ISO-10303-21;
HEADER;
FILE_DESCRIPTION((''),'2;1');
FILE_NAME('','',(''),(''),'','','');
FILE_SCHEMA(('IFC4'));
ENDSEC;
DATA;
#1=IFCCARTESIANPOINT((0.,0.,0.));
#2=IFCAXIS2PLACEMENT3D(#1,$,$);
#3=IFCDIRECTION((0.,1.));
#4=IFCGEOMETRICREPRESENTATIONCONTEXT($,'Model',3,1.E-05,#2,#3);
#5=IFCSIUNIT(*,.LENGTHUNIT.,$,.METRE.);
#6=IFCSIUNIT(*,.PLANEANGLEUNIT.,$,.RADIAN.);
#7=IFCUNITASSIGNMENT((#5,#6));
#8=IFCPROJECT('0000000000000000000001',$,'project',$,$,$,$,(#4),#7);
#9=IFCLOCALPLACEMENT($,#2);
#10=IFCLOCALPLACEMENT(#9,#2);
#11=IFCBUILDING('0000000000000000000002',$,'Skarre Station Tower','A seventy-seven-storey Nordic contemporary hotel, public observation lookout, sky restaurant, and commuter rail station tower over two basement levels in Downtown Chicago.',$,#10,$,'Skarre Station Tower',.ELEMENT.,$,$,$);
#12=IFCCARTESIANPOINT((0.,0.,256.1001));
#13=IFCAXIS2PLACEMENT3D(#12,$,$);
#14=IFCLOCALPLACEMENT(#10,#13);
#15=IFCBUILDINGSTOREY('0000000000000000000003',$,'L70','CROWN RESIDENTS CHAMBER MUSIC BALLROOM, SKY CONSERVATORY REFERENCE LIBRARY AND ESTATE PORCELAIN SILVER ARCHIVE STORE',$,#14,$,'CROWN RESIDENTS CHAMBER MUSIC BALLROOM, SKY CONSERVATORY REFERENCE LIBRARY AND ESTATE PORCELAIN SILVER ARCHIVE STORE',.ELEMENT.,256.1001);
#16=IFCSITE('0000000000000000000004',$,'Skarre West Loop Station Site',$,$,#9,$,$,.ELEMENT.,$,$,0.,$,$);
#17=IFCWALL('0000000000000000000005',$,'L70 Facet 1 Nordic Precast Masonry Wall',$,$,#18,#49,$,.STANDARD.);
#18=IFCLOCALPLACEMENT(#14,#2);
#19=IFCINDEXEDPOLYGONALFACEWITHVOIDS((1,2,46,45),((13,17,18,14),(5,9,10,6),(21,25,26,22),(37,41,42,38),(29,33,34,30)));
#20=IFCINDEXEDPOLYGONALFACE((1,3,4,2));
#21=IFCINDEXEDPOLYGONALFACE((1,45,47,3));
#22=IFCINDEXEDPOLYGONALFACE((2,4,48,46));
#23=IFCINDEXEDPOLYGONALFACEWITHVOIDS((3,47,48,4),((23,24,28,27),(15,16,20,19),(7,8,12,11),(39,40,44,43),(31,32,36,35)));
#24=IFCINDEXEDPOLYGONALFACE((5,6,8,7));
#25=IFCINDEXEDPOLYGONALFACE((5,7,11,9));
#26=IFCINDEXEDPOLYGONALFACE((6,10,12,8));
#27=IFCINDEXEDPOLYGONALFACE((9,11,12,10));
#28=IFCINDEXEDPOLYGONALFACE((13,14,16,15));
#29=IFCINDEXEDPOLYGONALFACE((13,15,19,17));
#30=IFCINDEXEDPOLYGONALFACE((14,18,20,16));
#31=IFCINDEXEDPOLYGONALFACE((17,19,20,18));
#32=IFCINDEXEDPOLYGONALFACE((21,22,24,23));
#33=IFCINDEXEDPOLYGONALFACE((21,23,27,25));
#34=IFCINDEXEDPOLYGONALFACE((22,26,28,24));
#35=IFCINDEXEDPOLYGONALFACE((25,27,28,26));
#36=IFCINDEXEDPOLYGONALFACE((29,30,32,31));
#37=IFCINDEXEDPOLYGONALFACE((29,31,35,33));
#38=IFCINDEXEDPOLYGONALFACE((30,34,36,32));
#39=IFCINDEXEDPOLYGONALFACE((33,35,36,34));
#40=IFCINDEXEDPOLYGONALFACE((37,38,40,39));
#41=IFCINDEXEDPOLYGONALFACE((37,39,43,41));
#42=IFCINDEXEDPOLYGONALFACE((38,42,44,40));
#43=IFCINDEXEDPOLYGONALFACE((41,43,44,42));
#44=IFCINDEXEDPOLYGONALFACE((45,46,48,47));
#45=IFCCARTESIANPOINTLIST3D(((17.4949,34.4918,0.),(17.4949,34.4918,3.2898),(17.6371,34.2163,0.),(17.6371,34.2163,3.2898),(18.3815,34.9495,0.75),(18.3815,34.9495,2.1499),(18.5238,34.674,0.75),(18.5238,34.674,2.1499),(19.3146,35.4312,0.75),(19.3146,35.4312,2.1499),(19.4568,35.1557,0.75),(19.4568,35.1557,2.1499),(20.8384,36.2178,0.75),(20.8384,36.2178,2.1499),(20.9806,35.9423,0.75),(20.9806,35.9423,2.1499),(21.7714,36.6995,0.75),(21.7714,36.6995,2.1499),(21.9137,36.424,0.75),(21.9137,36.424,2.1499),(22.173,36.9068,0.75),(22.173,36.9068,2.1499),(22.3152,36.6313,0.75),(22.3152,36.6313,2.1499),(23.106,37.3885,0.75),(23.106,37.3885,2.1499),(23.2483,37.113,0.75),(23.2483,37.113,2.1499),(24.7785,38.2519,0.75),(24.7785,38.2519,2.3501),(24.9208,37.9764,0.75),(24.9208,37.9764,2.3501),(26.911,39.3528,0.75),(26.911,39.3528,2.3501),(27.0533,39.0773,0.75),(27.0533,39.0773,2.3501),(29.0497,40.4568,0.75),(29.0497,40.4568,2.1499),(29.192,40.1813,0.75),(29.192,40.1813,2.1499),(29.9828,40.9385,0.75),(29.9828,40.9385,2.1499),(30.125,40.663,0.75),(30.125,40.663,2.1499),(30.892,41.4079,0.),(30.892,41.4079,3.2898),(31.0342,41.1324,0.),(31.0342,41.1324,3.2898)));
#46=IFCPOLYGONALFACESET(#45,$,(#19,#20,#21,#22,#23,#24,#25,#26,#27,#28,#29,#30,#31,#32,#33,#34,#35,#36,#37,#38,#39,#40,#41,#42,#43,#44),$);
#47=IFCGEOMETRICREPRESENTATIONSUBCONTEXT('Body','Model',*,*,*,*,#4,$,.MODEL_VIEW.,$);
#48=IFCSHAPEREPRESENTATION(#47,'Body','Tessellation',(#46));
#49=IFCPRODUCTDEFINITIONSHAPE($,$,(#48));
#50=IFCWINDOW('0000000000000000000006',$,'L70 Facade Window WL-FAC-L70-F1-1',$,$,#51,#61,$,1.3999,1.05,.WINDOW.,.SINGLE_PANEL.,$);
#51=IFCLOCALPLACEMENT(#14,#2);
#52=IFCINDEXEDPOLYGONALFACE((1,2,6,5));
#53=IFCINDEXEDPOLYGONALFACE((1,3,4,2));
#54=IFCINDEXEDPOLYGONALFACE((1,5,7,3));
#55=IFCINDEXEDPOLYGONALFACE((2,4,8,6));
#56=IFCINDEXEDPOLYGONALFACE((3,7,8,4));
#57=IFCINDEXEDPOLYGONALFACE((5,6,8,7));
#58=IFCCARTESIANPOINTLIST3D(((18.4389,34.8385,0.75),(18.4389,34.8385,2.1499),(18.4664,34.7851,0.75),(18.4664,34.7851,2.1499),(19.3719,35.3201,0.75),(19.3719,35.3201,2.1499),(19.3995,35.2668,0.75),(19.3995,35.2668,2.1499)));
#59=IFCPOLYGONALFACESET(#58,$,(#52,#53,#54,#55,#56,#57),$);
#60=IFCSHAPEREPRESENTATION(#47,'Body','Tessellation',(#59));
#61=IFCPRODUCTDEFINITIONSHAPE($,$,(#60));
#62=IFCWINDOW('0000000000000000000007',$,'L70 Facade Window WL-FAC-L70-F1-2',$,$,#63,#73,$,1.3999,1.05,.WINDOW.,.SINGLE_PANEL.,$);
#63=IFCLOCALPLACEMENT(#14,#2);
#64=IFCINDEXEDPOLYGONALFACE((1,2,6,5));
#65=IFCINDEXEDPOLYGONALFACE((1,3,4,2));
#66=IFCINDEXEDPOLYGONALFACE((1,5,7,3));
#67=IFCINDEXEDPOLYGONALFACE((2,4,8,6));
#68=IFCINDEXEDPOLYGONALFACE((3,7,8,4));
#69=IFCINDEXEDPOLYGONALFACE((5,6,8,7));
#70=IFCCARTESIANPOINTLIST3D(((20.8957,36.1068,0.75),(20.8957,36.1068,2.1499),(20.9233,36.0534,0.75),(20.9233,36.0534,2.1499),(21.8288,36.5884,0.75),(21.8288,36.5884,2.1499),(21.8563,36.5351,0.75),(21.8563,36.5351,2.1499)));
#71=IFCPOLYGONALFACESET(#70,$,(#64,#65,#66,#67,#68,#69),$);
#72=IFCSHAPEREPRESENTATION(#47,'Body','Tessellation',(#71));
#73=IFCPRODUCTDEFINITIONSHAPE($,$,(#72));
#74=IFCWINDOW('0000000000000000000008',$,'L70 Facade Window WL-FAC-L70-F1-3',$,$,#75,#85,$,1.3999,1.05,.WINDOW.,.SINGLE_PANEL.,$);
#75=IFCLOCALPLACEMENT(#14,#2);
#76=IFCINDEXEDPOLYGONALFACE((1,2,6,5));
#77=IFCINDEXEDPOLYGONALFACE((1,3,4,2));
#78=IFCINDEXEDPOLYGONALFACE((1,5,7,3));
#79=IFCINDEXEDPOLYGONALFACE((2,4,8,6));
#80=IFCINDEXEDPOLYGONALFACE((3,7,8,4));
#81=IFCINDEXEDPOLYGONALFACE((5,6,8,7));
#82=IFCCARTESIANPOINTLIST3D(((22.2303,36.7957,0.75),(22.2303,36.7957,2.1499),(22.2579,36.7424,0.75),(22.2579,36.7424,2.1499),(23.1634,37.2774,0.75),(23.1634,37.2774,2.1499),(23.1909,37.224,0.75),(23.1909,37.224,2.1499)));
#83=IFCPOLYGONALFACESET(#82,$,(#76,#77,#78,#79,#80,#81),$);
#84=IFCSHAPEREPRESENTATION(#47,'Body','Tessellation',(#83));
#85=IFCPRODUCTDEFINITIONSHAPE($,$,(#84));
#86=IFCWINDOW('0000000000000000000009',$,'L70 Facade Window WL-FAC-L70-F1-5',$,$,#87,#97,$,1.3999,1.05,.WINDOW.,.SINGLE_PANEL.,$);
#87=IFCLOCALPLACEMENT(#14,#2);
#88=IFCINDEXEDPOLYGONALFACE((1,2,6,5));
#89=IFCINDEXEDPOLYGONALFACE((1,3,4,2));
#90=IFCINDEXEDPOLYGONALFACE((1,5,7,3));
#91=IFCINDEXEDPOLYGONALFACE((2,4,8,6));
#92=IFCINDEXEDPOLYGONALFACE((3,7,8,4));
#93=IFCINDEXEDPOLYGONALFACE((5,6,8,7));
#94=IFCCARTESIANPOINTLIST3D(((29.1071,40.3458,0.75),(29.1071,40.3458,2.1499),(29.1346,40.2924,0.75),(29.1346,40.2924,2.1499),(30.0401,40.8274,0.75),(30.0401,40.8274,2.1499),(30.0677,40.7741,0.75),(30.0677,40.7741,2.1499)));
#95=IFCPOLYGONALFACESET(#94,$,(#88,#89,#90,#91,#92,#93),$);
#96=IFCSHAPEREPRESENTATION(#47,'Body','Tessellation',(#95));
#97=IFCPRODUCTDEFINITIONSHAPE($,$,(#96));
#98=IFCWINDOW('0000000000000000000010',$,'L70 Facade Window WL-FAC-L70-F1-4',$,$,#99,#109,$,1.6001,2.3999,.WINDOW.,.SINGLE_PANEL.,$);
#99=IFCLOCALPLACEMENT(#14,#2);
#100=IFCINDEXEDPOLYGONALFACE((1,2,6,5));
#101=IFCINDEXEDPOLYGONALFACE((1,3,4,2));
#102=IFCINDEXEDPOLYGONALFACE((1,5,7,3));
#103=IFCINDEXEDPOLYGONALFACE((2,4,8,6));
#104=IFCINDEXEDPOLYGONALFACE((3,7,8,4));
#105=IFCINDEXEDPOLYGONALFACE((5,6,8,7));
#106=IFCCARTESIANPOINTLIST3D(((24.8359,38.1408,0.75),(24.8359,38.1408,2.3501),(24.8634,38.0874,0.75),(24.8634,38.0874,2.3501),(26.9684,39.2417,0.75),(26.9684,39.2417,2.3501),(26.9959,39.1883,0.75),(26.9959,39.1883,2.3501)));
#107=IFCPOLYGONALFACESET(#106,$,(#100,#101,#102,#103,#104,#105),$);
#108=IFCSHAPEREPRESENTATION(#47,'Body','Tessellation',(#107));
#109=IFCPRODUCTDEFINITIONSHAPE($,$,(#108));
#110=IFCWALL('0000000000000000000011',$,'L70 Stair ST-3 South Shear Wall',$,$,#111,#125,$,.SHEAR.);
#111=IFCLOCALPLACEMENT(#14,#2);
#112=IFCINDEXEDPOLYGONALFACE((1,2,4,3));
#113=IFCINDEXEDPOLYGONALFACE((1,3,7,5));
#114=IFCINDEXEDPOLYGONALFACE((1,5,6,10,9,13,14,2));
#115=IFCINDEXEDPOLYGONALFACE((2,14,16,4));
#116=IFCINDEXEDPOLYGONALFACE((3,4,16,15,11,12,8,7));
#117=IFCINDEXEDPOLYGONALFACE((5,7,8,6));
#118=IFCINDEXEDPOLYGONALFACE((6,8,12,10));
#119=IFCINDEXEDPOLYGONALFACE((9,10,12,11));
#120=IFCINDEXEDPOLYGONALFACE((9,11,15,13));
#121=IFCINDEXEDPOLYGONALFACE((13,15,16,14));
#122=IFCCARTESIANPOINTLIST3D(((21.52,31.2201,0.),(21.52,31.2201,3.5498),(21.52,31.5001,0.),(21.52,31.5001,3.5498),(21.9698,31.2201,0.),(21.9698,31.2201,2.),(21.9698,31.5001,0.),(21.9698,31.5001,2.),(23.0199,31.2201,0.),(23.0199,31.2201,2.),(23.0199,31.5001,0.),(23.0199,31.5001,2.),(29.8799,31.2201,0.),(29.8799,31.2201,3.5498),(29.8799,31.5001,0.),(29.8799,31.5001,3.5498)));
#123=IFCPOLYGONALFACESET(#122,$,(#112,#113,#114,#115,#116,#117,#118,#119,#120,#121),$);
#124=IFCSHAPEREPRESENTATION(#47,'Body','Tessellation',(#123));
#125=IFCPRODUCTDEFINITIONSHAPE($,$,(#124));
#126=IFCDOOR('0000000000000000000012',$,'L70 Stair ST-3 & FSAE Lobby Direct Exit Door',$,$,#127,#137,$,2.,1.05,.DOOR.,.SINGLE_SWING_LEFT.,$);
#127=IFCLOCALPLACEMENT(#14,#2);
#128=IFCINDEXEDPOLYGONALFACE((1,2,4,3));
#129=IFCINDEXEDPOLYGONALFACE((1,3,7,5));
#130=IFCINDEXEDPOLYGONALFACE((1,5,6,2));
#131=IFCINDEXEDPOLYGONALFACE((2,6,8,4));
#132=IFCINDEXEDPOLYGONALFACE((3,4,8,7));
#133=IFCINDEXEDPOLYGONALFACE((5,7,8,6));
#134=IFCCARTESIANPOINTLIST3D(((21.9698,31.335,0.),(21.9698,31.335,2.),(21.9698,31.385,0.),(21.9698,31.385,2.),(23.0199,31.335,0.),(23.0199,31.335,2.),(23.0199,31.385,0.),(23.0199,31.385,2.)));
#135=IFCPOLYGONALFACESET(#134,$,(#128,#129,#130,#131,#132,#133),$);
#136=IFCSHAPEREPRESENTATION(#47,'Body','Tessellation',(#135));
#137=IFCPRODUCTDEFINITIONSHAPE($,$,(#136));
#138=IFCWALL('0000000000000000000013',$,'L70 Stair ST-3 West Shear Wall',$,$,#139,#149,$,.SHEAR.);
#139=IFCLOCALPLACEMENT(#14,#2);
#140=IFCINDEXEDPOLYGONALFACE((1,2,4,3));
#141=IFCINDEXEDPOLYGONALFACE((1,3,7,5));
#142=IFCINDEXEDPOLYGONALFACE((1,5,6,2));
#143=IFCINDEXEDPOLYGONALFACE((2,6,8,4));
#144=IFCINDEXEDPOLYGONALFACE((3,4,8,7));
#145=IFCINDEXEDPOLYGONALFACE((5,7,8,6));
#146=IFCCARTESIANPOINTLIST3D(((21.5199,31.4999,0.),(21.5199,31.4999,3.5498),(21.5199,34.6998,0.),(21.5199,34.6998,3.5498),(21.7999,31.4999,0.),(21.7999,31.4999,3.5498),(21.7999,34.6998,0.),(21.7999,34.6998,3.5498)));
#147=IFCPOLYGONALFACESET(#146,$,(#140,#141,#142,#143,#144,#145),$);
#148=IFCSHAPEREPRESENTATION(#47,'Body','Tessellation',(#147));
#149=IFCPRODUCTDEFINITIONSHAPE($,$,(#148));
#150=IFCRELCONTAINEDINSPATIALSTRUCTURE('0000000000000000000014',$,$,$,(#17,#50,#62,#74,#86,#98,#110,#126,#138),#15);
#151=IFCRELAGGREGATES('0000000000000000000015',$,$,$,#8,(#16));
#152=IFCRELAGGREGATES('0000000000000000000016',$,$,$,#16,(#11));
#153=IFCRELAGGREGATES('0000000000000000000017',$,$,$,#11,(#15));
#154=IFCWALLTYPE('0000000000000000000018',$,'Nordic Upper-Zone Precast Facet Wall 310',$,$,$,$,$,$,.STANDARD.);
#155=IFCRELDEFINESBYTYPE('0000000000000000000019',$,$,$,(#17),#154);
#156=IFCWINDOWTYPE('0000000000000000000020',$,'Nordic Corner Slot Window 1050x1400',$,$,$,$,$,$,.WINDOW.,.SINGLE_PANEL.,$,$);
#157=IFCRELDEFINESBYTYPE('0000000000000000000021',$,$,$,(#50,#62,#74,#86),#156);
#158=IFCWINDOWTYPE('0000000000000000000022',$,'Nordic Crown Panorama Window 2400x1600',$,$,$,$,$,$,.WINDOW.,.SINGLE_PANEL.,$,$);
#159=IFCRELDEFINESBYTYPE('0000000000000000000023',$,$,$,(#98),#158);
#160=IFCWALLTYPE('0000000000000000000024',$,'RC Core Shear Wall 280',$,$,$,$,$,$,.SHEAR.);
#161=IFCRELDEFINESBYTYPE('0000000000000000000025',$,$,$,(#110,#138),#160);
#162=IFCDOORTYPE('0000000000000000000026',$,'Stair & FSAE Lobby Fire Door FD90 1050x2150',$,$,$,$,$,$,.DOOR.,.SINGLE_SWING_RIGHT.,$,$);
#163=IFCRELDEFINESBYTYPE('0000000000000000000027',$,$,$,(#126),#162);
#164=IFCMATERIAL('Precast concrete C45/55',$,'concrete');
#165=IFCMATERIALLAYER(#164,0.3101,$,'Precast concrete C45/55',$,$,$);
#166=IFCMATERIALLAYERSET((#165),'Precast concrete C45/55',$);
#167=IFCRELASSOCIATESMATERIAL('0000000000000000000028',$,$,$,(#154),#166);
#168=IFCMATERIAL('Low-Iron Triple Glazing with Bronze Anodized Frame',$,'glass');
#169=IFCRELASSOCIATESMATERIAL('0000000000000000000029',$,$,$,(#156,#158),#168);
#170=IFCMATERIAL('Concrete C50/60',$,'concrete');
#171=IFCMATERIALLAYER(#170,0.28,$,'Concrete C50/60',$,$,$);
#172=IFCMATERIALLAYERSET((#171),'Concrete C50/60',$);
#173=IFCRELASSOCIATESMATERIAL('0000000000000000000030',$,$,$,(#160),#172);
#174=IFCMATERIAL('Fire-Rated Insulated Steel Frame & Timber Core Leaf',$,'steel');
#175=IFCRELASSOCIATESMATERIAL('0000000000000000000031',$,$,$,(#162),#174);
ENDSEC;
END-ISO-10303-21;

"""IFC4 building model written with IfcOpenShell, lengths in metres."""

from ifc_helpers import new_model, si_unit, direction, frame, frame_2d, origin, place, context, subcontext, project, spatial, rectangle, extrude, material, layer, layer_set, type_object, element, fill, save


model = new_model("IFC4")

# Units and contexts
model_context = context("Model", 3, precision=1e-05, world=origin(), true_north=direction((0.0, 1.0)))
body_context = subcontext(model_context, "Body", "Model", "MODEL_VIEW")
ifc_project = project(units=[si_unit("LENGTHUNIT", "METRE"), si_unit("PLANEANGLEUNIT", "RADIAN")], contexts=[model_context])

# Site, building, storey
site_placement = place(None, origin())
site = spatial("IfcSite", under=ifc_project, at=site_placement, Name="Skarre West Loop Station Site", CompositionType="ELEMENT", RefElevation=0.0)
building_placement = place(site_placement, origin())
building = spatial("IfcBuilding", under=site, at=building_placement, Name="Skarre Station Tower", Description="A seventy-seven-storey Nordic contemporary hotel, public observation lookout, sky restaurant, and commuter rail station tower over two basement levels in Downtown Chicago.", LongName="Skarre Station Tower", CompositionType="ELEMENT")
storey_placement = place(building_placement, frame((0.0, 0.0, 256.1001)))
storey = spatial("IfcBuildingStorey", under=building, at=storey_placement, Name="L70", Description="CROWN RESIDENTS CHAMBER MUSIC BALLROOM, SKY CONSERVATORY REFERENCE LIBRARY AND ESTATE PORCELAIN SILVER ARCHIVE STORE", LongName="CROWN RESIDENTS CHAMBER MUSIC BALLROOM, SKY CONSERVATORY REFERENCE LIBRARY AND ESTATE PORCELAIN SILVER ARCHIVE STORE", CompositionType="ELEMENT", Elevation=256.1001)

# Shared definitions
ifc_material_1 = material(Name="Concrete C50/60", Category="concrete")

# Shared definitions
ifc_material_2 = material(Name="Precast concrete C45/55", Category="concrete")

# Wall, openings, windows
ifc_layer_1 = layer(ifc_material_2, 0.3101, Name="Precast concrete C45/55")
ifc_layer_set_1 = layer_set([ifc_layer_1], Name="Precast concrete C45/55")
wall_type_1 = type_object("IfcWallType", Name="Nordic Upper-Zone Precast Facet Wall 310", PredefinedType="STANDARD", material=ifc_layer_set_1)
wall_1_placement = place(storey_placement, frame((17.5659, 34.354, 0.0), z_axis=(0.0, 0.0, 1.0), x_axis=(0.888581, 0.458719, 0.0)))
wall_1 = element("IfcWall", 1, at=wall_1_placement, inside=storey, type_object=wall_type_1, Name="L70 Facet 1 Nordic Precast Masonry Wall", PredefinedType="STANDARD", context=body_context, shape_type="SweptSolid", body=[
    extrude(rectangle(XDim=15.0769, YDim=0.3101, at=frame_2d((7.5386, 0.0))), origin(), (0.0, 0.0, 1.0), 3.2898),
])
opening_1_placement = place(wall_1_placement, frame((0.998, 0.0, 0.75)))
opening_1 = element("IfcOpeningElement", 2, at=opening_1_placement, cuts=wall_1, PredefinedType="OPENING", context=body_context, shape_type="SweptSolid", body=[
    extrude(rectangle(XDim=1.05, YDim=1.3999, at=frame_2d((0.5249, 0.7))), frame((0.0, 0.165, 0.0), z_axis=(0.0, -1.0, 0.0), x_axis=(1.0, 0.0, 0.0)), (0.0, 0.0, 1.0), 0.3301),
])
opening_2_placement = place(wall_1_placement, frame((3.7629, 0.0, 0.75)))
opening_2 = element("IfcOpeningElement", 3, at=opening_2_placement, cuts=wall_1, PredefinedType="OPENING", context=body_context, shape_type="SweptSolid", body=[
    extrude(rectangle(XDim=1.05, YDim=1.3999, at=frame_2d((0.5249, 0.7))), frame((0.0, 0.165, 0.0), z_axis=(0.0, -1.0, 0.0), x_axis=(1.0, 0.0, 0.0)), (0.0, 0.0, 1.0), 0.3301),
])
opening_3_placement = place(wall_1_placement, frame((5.2649, 0.0, 0.75)))
opening_3 = element("IfcOpeningElement", 4, at=opening_3_placement, cuts=wall_1, PredefinedType="OPENING", context=body_context, shape_type="SweptSolid", body=[
    extrude(rectangle(XDim=1.05, YDim=1.3999, at=frame_2d((0.5249, 0.7))), frame((0.0, 0.165, 0.0), z_axis=(0.0, -1.0, 0.0), x_axis=(1.0, 0.0, 0.0)), (0.0, 0.0, 1.0), 0.3301),
])
opening_4_placement = place(wall_1_placement, frame((8.197, 0.0, 0.75)))
opening_4 = element("IfcOpeningElement", 5, at=opening_4_placement, cuts=wall_1, PredefinedType="OPENING", context=body_context, shape_type="SweptSolid", body=[
    extrude(rectangle(XDim=2.3999, YDim=1.6001, at=frame_2d((1.2, 0.8))), frame((0.0, 0.165, 0.0), z_axis=(0.0, -1.0, 0.0), x_axis=(1.0, 0.0, 0.0)), (0.0, 0.0, 1.0), 0.3301),
])
opening_5_placement = place(wall_1_placement, frame((13.0039, 0.0, 0.75)))
opening_5 = element("IfcOpeningElement", 6, at=opening_5_placement, cuts=wall_1, PredefinedType="OPENING", context=body_context, shape_type="SweptSolid", body=[
    extrude(rectangle(XDim=1.05, YDim=1.3999, at=frame_2d((0.5249, 0.7))), frame((0.0, 0.165, 0.0), z_axis=(0.0, -1.0, 0.0), x_axis=(1.0, 0.0, 0.0)), (0.0, 0.0, 1.0), 0.3301),
])
ifc_material_3 = material(Name="Low-Iron Triple Glazing with Bronze Anodized Frame", Category="glass")
window_type_1 = type_object("IfcWindowType", Name="Nordic Corner Slot Window 1050x1400", PartitioningType="SINGLE_PANEL", PredefinedType="WINDOW", material=ifc_material_3)
window_1_placement = place(opening_1_placement, origin())
window_1 = element("IfcWindow", 7, at=window_1_placement, inside=storey, type_object=window_type_1, Name="L70 Facade Window WL-FAC-L70-F1-1", OverallHeight=1.3999, OverallWidth=1.05, PartitioningType="SINGLE_PANEL", PredefinedType="WINDOW", context=body_context, shape_type="SweptSolid", body=[
    extrude(rectangle(XDim=1.05, YDim=1.3999, at=frame_2d((0.5249, 0.7))), frame((0.0, 0.03, 0.0), z_axis=(0.0, -1.0, 0.0), x_axis=(1.0, 0.0, 0.0)), (0.0, 0.0, 1.0), 0.0601),
])
fill(opening_1, window_1)
window_2_placement = place(opening_2_placement, origin())
window_2 = element("IfcWindow", 8, at=window_2_placement, inside=storey, type_object=window_type_1, Name="L70 Facade Window WL-FAC-L70-F1-2", OverallHeight=1.3999, OverallWidth=1.05, PartitioningType="SINGLE_PANEL", PredefinedType="WINDOW", context=body_context, shape_type="SweptSolid", body=[
    extrude(rectangle(XDim=1.05, YDim=1.3999, at=frame_2d((0.5249, 0.7))), frame((0.0, 0.03, 0.0), z_axis=(0.0, -1.0, 0.0), x_axis=(1.0, 0.0, 0.0)), (0.0, 0.0, 1.0), 0.0601),
])
fill(opening_2, window_2)
window_3_placement = place(opening_3_placement, origin())
window_3 = element("IfcWindow", 9, at=window_3_placement, inside=storey, type_object=window_type_1, Name="L70 Facade Window WL-FAC-L70-F1-3", OverallHeight=1.3999, OverallWidth=1.05, PartitioningType="SINGLE_PANEL", PredefinedType="WINDOW", context=body_context, shape_type="SweptSolid", body=[
    extrude(rectangle(XDim=1.05, YDim=1.3999, at=frame_2d((0.5249, 0.7))), frame((0.0, 0.03, 0.0), z_axis=(0.0, -1.0, 0.0), x_axis=(1.0, 0.0, 0.0)), (0.0, 0.0, 1.0), 0.0601),
])
fill(opening_3, window_3)
window_4_placement = place(opening_5_placement, origin())
window_4 = element("IfcWindow", 10, at=window_4_placement, inside=storey, type_object=window_type_1, Name="L70 Facade Window WL-FAC-L70-F1-5", OverallHeight=1.3999, OverallWidth=1.05, PartitioningType="SINGLE_PANEL", PredefinedType="WINDOW", context=body_context, shape_type="SweptSolid", body=[
    extrude(rectangle(XDim=1.05, YDim=1.3999, at=frame_2d((0.5249, 0.7))), frame((0.0, 0.03, 0.0), z_axis=(0.0, -1.0, 0.0), x_axis=(1.0, 0.0, 0.0)), (0.0, 0.0, 1.0), 0.0601),
])
fill(opening_5, window_4)
window_type_2 = type_object("IfcWindowType", Name="Nordic Crown Panorama Window 2400x1600", PartitioningType="SINGLE_PANEL", PredefinedType="WINDOW", material=ifc_material_3)
window_5_placement = place(opening_4_placement, origin())
window_5 = element("IfcWindow", 11, at=window_5_placement, inside=storey, type_object=window_type_2, Name="L70 Facade Window WL-FAC-L70-F1-4", OverallHeight=1.6001, OverallWidth=2.3999, PartitioningType="SINGLE_PANEL", PredefinedType="WINDOW", context=body_context, shape_type="SweptSolid", body=[
    extrude(rectangle(XDim=2.3999, YDim=1.6001, at=frame_2d((1.2, 0.8))), frame((0.0, 0.03, 0.0), z_axis=(0.0, -1.0, 0.0), x_axis=(1.0, 0.0, 0.0)), (0.0, 0.0, 1.0), 0.0601),
])
fill(opening_4, window_5)

# Wall, opening, door
ifc_layer_2 = layer(ifc_material_1, 0.28, Name="Concrete C50/60")
ifc_layer_set_2 = layer_set([ifc_layer_2], Name="Concrete C50/60")
wall_type_2 = type_object("IfcWallType", Name="RC Core Shear Wall 280", PredefinedType="SHEAR", material=ifc_layer_set_2)
wall_2_placement = place(storey_placement, frame((21.52, 31.3601, 0.0), z_axis=(0.0, 0.0, 1.0), x_axis=(1.0, 0.0, 0.0)))
wall_2 = element("IfcWall", 12, at=wall_2_placement, inside=storey, type_object=wall_type_2, Name="L70 Stair ST-3 South Shear Wall", PredefinedType="SHEAR", context=body_context, shape_type="SweptSolid", body=[
    extrude(rectangle(XDim=8.3599, YDim=0.28, at=frame_2d((4.1799, 0.0))), origin(), (0.0, 0.0, 1.0), 3.5498),
])
opening_6_placement = place(wall_2_placement, frame((0.45, 0.0, 0.0)))
opening_6 = element("IfcOpeningElement", 13, at=opening_6_placement, cuts=wall_2, PredefinedType="OPENING", context=body_context, shape_type="SweptSolid", body=[
    extrude(rectangle(XDim=1.05, YDim=2.0, at=frame_2d((0.5249, 1.0))), frame((0.0, 0.1499, 0.0), z_axis=(0.0, -1.0, 0.0), x_axis=(1.0, 0.0, 0.0)), (0.0, 0.0, 1.0), 0.3),
])
ifc_material_4 = material(Name="Fire-Rated Insulated Steel Frame & Timber Core Leaf", Category="steel")
door_type_1 = type_object("IfcDoorType", Name="Stair & FSAE Lobby Fire Door FD90 1050x2150", OperationType="SINGLE_SWING_RIGHT", PredefinedType="DOOR", material=ifc_material_4)
door_1_placement = place(opening_6_placement, origin())
door_1 = element("IfcDoor", 14, at=door_1_placement, inside=storey, type_object=door_type_1, Name="L70 Stair ST-3 & FSAE Lobby Direct Exit Door", OperationType="SINGLE_SWING_LEFT", OverallHeight=2.0, OverallWidth=1.05, PredefinedType="DOOR", context=body_context, shape_type="SweptSolid", body=[
    extrude(rectangle(XDim=1.05, YDim=2.0, at=frame_2d((0.5249, 1.0))), frame((0.0, 0.0249, 0.0), z_axis=(0.0, -1.0, 0.0), x_axis=(1.0, 0.0, 0.0)), (0.0, 0.0, 1.0), 0.05),
])
fill(opening_6, door_1)

# Wall
wall_3_placement = place(storey_placement, frame((21.6599, 34.7, 0.0), z_axis=(0.0, 0.0, 1.0), x_axis=(0.0, -1.0, 0.0)))
element("IfcWall", 15, at=wall_3_placement, inside=storey, type_object=wall_type_2, Name="L70 Stair ST-3 West Shear Wall", PredefinedType="SHEAR", context=body_context, shape_type="SweptSolid", body=[
    extrude(rectangle(XDim=3.2, YDim=0.28, at=frame_2d((1.6001, 0.0))), origin(), (0.0, 0.0, 1.0), 3.5498),
])

save(model, "model.ifc")
